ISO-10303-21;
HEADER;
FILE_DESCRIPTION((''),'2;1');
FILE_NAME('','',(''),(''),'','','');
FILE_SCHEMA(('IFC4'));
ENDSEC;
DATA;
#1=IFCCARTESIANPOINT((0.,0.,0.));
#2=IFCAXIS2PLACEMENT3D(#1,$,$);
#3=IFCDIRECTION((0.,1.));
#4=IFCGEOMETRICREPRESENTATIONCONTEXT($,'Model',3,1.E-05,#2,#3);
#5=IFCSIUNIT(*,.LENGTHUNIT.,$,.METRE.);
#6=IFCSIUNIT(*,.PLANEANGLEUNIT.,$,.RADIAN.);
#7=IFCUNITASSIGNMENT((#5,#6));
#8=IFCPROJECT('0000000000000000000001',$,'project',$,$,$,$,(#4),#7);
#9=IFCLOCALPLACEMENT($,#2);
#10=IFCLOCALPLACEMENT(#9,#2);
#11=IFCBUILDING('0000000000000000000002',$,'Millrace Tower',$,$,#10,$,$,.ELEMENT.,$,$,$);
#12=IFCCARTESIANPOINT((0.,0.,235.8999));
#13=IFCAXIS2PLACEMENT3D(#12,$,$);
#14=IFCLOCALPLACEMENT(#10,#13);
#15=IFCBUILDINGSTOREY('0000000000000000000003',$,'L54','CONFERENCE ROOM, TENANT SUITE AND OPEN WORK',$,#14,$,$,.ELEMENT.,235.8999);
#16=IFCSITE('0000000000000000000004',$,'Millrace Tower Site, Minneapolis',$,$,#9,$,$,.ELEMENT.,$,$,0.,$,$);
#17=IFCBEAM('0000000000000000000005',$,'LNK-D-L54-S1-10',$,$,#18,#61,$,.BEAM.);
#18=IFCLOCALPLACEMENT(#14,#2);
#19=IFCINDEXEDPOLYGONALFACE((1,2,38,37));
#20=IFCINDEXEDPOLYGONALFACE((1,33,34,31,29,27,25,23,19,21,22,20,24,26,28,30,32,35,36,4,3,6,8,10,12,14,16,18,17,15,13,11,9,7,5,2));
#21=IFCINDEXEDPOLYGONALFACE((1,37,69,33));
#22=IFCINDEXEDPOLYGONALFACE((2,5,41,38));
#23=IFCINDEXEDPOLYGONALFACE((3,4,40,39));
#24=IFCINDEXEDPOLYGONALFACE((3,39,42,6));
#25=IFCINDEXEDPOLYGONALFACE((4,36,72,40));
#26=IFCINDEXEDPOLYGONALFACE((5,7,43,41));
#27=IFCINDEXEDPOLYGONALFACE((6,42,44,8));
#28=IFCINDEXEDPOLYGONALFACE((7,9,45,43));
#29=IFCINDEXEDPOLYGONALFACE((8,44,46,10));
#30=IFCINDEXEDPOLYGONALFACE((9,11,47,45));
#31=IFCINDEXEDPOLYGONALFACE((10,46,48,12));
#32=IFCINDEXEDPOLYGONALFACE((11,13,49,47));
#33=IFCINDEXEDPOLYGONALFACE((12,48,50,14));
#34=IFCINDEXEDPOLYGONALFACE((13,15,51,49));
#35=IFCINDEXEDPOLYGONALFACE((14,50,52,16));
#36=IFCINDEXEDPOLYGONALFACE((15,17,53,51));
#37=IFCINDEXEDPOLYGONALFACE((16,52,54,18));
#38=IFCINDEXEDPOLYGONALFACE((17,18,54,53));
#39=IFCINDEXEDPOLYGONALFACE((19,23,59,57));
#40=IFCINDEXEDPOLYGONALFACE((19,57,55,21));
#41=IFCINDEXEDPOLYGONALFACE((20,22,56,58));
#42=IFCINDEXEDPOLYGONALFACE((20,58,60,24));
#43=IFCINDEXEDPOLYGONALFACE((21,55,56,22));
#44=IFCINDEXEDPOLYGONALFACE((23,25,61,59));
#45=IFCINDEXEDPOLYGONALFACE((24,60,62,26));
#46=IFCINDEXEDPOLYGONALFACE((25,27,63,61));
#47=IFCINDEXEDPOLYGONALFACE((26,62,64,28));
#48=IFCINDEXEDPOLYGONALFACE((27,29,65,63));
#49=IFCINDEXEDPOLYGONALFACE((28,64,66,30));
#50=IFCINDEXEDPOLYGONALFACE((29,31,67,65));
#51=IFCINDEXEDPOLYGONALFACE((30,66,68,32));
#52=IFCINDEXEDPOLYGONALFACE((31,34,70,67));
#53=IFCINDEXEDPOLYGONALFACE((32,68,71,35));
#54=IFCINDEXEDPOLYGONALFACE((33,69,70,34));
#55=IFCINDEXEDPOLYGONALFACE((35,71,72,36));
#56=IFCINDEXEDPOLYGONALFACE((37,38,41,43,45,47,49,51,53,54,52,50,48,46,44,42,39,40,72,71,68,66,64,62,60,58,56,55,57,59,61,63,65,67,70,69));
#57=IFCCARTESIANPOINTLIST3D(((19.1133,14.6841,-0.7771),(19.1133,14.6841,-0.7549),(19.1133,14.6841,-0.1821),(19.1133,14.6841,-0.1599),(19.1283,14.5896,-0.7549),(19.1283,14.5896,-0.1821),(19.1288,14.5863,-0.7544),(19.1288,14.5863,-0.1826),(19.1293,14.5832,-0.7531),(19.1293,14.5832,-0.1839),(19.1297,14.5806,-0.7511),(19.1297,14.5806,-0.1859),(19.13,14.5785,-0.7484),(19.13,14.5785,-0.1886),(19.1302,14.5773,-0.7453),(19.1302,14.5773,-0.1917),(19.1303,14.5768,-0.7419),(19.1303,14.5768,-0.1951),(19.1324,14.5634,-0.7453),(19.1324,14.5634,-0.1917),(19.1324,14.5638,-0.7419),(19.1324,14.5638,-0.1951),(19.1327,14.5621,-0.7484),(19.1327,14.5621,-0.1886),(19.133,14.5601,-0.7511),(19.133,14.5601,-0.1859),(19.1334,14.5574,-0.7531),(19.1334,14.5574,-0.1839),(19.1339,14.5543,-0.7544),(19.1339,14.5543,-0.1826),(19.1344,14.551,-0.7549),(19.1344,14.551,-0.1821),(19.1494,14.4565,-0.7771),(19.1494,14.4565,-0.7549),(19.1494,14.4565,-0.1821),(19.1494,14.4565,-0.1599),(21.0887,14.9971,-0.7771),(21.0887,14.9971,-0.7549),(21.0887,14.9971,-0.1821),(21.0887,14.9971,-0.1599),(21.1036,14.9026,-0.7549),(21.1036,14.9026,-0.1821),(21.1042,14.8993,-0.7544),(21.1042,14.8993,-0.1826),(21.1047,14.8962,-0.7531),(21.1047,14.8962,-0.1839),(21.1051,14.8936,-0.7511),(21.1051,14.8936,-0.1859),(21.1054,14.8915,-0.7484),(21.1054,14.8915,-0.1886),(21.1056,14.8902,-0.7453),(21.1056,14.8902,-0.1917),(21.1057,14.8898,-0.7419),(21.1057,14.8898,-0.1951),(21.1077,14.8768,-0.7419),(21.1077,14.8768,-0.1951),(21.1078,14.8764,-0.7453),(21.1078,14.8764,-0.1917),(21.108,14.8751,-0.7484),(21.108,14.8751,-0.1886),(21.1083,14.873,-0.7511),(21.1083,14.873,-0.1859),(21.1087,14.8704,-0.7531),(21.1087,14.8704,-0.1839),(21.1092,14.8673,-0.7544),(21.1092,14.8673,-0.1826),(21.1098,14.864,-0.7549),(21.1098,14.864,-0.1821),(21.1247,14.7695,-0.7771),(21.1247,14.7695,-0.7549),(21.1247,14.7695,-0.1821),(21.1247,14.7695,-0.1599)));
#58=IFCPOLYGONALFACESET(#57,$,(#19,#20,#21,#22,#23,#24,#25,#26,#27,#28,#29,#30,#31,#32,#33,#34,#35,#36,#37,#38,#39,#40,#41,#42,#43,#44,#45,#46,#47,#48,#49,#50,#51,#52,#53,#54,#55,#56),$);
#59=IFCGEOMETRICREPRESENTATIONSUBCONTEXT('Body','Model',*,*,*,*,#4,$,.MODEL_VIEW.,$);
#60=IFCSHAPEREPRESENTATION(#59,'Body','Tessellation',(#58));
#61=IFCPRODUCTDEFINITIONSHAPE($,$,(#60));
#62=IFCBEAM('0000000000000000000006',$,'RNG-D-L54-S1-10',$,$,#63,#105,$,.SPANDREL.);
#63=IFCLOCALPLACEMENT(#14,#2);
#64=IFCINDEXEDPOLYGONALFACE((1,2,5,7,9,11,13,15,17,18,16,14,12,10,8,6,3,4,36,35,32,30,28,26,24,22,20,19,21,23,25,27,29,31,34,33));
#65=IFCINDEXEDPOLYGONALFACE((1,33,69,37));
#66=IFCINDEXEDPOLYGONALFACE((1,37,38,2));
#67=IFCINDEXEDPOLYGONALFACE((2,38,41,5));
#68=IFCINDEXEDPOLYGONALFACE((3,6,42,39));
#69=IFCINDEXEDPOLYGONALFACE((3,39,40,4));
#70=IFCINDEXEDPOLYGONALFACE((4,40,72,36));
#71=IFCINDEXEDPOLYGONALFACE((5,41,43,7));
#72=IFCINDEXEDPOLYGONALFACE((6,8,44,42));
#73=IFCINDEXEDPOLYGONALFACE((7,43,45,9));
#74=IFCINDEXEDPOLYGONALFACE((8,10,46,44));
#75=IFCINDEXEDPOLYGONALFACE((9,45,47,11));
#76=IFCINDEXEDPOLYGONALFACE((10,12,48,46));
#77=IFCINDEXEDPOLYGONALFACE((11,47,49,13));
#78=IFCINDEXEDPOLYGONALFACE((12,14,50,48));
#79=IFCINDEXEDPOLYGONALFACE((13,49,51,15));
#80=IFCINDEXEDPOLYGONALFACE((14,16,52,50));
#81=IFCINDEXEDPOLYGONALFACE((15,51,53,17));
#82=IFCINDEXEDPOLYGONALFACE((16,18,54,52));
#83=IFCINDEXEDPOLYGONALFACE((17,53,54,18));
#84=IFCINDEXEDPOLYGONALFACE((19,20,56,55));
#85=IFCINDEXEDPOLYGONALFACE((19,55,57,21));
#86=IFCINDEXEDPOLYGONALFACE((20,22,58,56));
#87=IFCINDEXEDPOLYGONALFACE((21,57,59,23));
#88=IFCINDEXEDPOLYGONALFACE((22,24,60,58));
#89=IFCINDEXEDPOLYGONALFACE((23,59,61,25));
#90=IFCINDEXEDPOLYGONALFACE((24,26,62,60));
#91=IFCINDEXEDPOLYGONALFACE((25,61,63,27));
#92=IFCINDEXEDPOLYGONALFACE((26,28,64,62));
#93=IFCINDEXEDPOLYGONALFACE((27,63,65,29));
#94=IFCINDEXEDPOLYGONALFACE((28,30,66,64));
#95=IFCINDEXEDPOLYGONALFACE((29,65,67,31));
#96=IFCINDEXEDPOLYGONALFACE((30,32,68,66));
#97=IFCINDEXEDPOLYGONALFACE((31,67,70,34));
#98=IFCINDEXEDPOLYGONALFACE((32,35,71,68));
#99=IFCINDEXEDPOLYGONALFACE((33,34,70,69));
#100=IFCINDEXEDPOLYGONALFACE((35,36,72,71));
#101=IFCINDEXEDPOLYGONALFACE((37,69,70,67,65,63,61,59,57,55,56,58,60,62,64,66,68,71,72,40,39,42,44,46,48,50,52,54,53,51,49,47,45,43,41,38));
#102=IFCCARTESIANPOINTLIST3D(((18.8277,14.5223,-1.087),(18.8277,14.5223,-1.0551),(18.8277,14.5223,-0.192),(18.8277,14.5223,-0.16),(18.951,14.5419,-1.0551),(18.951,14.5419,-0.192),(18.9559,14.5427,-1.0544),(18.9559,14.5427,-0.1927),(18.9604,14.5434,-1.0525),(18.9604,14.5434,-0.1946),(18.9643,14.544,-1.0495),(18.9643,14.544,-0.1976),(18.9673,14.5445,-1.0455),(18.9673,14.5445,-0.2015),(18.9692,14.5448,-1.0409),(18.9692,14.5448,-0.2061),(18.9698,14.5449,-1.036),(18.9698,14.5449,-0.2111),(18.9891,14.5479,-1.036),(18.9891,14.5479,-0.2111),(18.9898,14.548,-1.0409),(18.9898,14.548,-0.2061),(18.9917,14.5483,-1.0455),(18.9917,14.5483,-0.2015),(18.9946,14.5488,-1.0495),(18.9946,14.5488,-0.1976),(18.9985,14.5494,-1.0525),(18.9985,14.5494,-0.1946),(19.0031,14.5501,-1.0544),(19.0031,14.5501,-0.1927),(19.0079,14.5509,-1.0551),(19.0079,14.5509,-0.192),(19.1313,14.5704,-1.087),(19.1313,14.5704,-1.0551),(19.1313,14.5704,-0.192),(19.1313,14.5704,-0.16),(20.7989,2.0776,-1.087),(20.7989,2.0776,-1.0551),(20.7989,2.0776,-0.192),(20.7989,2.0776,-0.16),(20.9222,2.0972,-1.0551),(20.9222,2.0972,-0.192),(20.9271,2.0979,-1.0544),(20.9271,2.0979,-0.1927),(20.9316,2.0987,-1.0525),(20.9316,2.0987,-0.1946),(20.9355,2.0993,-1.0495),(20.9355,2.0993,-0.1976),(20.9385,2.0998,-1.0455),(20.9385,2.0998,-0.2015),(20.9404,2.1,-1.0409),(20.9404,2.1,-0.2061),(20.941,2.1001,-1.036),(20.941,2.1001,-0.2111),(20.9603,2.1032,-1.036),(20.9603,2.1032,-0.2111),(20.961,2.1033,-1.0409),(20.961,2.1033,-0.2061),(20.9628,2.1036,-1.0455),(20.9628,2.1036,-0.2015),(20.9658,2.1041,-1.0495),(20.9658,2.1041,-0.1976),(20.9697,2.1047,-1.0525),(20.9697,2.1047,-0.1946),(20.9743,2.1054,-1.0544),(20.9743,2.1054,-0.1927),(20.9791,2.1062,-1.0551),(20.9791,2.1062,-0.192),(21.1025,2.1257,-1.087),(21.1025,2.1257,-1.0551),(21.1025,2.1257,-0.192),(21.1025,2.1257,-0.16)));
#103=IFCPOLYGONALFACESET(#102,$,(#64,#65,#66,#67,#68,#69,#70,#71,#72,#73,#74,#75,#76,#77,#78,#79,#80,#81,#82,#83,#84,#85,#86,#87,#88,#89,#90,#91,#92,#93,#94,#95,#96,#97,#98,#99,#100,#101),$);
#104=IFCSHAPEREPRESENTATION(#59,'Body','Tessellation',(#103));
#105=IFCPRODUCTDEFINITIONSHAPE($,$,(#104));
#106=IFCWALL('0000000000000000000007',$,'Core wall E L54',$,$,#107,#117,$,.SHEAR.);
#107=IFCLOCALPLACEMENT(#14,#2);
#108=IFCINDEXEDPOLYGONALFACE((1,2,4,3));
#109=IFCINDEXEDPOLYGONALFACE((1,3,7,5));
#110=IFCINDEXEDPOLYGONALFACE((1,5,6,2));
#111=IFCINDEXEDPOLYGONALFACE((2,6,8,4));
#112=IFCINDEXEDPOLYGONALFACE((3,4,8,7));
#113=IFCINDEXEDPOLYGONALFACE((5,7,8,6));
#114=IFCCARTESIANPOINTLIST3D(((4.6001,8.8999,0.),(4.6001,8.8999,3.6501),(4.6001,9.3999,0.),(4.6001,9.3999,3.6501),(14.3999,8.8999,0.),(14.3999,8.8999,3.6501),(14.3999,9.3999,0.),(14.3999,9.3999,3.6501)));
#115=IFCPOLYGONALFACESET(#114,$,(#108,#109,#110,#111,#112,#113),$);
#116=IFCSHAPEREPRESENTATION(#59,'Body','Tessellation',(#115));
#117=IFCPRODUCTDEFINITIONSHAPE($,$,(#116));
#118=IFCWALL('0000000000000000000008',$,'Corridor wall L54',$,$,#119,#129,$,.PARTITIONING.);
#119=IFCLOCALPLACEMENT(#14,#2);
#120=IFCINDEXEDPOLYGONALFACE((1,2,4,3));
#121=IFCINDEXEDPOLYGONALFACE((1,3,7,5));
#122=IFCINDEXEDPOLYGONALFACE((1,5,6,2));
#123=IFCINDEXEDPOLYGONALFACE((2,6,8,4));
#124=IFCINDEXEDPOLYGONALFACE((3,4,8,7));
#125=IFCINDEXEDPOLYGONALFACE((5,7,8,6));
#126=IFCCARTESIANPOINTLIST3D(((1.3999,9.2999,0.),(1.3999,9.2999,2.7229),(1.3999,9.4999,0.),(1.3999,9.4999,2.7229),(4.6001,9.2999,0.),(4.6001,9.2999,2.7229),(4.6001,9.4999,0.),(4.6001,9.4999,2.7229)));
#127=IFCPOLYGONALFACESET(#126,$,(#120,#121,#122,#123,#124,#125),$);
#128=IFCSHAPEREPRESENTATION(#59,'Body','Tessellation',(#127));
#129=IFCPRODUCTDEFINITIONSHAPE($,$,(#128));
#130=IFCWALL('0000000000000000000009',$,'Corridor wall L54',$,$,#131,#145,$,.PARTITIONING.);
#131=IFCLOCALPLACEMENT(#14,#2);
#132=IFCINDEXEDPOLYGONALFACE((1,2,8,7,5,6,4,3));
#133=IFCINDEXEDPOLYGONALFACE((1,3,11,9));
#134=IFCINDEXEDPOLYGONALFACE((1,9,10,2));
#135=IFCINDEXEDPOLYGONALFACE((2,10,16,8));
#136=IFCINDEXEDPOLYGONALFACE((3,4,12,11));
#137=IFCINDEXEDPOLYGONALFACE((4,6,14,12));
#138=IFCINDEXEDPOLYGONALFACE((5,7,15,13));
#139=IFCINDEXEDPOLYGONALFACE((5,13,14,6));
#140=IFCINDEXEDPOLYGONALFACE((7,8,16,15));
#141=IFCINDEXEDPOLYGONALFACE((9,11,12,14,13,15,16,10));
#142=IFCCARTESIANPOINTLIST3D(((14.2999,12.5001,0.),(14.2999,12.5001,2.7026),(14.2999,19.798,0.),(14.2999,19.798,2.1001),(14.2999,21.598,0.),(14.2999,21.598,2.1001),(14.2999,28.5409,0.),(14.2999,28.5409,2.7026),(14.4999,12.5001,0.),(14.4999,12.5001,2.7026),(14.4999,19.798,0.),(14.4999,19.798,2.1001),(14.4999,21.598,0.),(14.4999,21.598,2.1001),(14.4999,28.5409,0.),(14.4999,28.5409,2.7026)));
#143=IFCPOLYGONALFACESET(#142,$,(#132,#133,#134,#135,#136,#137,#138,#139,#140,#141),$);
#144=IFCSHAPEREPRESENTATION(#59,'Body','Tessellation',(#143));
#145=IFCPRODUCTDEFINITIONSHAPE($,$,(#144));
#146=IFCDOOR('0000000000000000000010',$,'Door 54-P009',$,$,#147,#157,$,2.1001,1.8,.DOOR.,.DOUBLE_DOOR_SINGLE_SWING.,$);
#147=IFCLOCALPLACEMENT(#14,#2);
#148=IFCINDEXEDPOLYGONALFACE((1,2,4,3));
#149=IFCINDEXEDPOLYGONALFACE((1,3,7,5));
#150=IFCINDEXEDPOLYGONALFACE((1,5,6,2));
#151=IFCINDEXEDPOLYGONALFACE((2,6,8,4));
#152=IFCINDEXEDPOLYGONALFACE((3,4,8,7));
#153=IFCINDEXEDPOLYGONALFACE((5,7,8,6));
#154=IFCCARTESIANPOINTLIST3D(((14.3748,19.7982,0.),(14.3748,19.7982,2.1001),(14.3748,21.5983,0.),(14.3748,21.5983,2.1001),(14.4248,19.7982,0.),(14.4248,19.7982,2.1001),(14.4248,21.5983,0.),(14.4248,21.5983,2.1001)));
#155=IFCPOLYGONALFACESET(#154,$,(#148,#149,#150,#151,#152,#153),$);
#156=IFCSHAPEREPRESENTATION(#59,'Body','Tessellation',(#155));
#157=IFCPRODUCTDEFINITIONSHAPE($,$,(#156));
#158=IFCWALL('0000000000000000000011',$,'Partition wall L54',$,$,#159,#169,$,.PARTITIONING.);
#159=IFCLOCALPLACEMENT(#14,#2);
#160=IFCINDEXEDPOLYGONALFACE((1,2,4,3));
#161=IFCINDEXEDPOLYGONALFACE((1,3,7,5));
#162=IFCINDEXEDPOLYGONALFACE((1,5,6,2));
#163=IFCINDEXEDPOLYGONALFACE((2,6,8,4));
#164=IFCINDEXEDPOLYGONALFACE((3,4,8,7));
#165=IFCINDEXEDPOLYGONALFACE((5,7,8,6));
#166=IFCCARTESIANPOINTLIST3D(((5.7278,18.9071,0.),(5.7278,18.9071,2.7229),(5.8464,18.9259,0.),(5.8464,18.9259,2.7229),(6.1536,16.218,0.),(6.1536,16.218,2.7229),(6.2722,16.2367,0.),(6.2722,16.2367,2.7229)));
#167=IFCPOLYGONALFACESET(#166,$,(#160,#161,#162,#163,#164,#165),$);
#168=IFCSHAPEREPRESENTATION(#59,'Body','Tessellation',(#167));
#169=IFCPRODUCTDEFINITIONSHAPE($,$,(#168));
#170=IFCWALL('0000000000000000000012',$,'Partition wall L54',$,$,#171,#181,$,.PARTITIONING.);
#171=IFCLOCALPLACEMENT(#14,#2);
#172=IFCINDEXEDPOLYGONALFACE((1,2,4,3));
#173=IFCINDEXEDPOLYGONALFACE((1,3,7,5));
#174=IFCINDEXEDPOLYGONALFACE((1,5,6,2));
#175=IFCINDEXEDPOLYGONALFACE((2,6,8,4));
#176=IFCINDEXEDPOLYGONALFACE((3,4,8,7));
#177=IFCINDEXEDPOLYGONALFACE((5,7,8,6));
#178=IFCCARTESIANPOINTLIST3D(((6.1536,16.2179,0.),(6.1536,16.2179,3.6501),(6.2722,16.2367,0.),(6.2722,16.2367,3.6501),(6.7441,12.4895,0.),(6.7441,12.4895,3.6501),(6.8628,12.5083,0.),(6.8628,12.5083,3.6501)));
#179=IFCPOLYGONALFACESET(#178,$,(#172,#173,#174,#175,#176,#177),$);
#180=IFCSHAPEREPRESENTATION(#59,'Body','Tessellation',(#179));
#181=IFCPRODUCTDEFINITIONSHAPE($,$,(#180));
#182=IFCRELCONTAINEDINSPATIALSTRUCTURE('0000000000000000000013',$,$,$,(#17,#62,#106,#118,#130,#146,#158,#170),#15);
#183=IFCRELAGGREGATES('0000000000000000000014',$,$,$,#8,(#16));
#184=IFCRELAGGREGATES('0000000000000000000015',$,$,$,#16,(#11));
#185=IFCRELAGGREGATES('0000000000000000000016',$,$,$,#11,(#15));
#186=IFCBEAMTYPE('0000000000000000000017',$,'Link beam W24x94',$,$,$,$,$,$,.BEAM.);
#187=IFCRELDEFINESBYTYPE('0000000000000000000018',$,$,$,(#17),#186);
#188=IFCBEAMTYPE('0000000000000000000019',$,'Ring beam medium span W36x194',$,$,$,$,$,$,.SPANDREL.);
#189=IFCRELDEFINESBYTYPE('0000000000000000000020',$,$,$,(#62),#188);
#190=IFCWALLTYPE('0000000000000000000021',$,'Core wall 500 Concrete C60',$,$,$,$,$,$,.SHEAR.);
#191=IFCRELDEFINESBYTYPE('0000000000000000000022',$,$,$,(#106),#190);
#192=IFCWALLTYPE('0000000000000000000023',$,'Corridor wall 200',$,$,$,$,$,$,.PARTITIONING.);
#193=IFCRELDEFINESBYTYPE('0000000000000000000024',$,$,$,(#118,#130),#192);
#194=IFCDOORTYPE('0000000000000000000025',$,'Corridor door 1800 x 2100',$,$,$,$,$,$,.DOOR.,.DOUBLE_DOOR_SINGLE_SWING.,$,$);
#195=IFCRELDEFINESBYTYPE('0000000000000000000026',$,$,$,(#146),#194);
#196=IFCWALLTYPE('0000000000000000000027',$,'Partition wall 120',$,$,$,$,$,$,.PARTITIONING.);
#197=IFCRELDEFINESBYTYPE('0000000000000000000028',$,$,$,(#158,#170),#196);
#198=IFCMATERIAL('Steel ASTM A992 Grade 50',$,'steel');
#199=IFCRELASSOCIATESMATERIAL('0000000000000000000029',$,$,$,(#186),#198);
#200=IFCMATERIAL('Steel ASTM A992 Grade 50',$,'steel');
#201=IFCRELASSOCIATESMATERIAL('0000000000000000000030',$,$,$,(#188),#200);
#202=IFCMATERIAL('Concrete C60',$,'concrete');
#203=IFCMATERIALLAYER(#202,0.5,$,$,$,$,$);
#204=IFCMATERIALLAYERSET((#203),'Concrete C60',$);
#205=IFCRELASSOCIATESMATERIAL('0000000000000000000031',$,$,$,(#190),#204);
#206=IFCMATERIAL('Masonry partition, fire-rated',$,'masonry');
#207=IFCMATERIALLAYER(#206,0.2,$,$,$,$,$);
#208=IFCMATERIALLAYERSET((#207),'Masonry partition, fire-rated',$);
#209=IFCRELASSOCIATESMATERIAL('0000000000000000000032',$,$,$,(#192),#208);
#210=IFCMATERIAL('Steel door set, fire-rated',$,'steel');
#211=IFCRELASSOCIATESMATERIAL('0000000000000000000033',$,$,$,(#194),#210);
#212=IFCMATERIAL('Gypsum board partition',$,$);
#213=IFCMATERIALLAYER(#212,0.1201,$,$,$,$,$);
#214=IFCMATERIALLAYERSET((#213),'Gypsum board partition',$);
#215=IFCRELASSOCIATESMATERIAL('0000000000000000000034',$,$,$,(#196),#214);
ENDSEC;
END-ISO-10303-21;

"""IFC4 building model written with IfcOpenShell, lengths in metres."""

from ifc_helpers import new_model, si_unit, direction, frame, frame_2d, origin, origin_2d, place, context, subcontext, project, spatial, rectangle, i_section, extrude, material, layer, layer_set, material_profile, profile_set, type_object, element, fill, save


model = new_model("IFC4")

# Units and contexts
model_context = context("Model", 3, precision=1e-05, world=origin(), true_north=direction((0.0, 1.0)))
body_context = subcontext(model_context, "Body", "Model", "MODEL_VIEW")
ifc_project = project(units=[si_unit("LENGTHUNIT", "METRE"), si_unit("PLANEANGLEUNIT", "RADIAN")], contexts=[model_context])

# Site, building, storey
site_placement = place(None, origin())
site = spatial("IfcSite", under=ifc_project, at=site_placement, Name="Millrace Tower Site, Minneapolis", CompositionType="ELEMENT", RefElevation=0.0)
building_placement = place(site_placement, origin())
building = spatial("IfcBuilding", under=site, at=building_placement, Name="Millrace Tower", CompositionType="ELEMENT")
storey_placement = place(building_placement, frame((0.0, 0.0, 235.8999)))
storey = spatial("IfcBuildingStorey", under=building, at=storey_placement, Name="L54", Description="CONFERENCE ROOM, TENANT SUITE AND OPEN WORK", CompositionType="ELEMENT", Elevation=235.8999)

# Beams
ifc_material_1 = material(Name="Steel ASTM A992 Grade 50", Category="steel")
ifc_material_profile_1 = material_profile(ifc_material_1, i_section(OverallWidth=0.2305, OverallDepth=0.6172, WebThickness=0.0132, FlangeThickness=0.0222, FilletRadius=0.0129, at=origin_2d()))
ifc_profile_set_1 = profile_set([ifc_material_profile_1], Name="Steel ASTM A992 Grade 50")
beam_type_1 = type_object("IfcBeamType", Name="Link beam W24x94", PredefinedType="BEAM", material=ifc_profile_set_1)
beam_1_placement = place(storey_placement, frame((19.1313, 14.5703, -0.4685), z_axis=(0.987679, 0.156495, 0.0), x_axis=(-0.156495, 0.987679, 0.0)))
element("IfcBeam", 1, at=beam_1_placement, inside=storey, type_object=beam_type_1, Name="LNK-D-L54-S1-10", PredefinedType="BEAM", context=body_context, shape_type="SweptSolid", body=[
    extrude(i_section(OverallWidth=0.2305, OverallDepth=0.6172, WebThickness=0.0132, FlangeThickness=0.0222, FilletRadius=0.0129, at=origin_2d()), origin(), (0.0, 0.0, 1.0), 2.0),
])
ifc_material_2 = material(Name="Steel ASTM A992 Grade 50", Category="steel")
ifc_material_profile_2 = material_profile(ifc_material_2, i_section(OverallWidth=0.3074, OverallDepth=0.927, WebThickness=0.0195, FlangeThickness=0.032, FilletRadius=0.019, at=origin_2d()))
ifc_profile_set_2 = profile_set([ifc_material_profile_2], Name="Steel ASTM A992 Grade 50")
beam_type_2 = type_object("IfcBeamType", Name="Ring beam medium span W36x194", PredefinedType="SPANDREL", material=ifc_profile_set_2)
beam_2_placement = place(storey_placement, frame((18.9795, 14.5464, -0.6235), z_axis=(0.156444, -0.987687, 0.0), x_axis=(0.987687, 0.156444, 0.0)))
element("IfcBeam", 2, at=beam_2_placement, inside=storey, type_object=beam_type_2, Name="RNG-D-L54-S1-10", PredefinedType="SPANDREL", context=body_context, shape_type="SweptSolid", body=[
    extrude(i_section(OverallWidth=0.3074, OverallDepth=0.927, WebThickness=0.0195, FlangeThickness=0.032, FilletRadius=0.019, at=origin_2d()), origin(), (0.0, 0.0, 1.0), 12.5999),
])

# Walls
ifc_material_3 = material(Name="Concrete C60", Category="concrete")
ifc_layer_1 = layer(ifc_material_3, 0.5)
ifc_layer_set_1 = layer_set([ifc_layer_1], Name="Concrete C60")
wall_type_1 = type_object("IfcWallType", Name="Core wall 500 Concrete C60", PredefinedType="SHEAR", material=ifc_layer_set_1)
wall_1_placement = place(storey_placement, frame((14.3999, 9.1499, 0.0), z_axis=(0.0, 0.0, 1.0), x_axis=(-1.0, 0.0, 0.0)))
element("IfcWall", 3, at=wall_1_placement, inside=storey, type_object=wall_type_1, Name="Core wall E L54", PredefinedType="SHEAR", context=body_context, shape_type="SweptSolid", body=[
    extrude(rectangle(XDim=9.7998, YDim=0.5, at=frame_2d((4.8999, 0.0))), origin(), (0.0, 0.0, 1.0), 3.6501),
])
ifc_material_4 = material(Name="Masonry partition, fire-rated", Category="masonry")
ifc_layer_2 = layer(ifc_material_4, 0.2)
ifc_layer_set_2 = layer_set([ifc_layer_2], Name="Masonry partition, fire-rated")
wall_type_2 = type_object("IfcWallType", Name="Corridor wall 200", PredefinedType="PARTITIONING", material=ifc_layer_set_2)
wall_2_placement = place(storey_placement, frame((1.3999, 9.3999, 0.0), z_axis=(0.0, 0.0, 1.0), x_axis=(1.0, 0.0, 0.0)))
element("IfcWall", 4, at=wall_2_placement, inside=storey, type_object=wall_type_2, Name="Corridor wall L54", PredefinedType="PARTITIONING", context=body_context, shape_type="SweptSolid", body=[
    extrude(rectangle(XDim=3.2002, YDim=0.2, at=frame_2d((1.6001, 0.0))), origin(), (0.0, 0.0, 1.0), 2.7229),
])

# Wall, opening, door
wall_3_placement = place(storey_placement, frame((14.3999, 12.5, 0.0), z_axis=(0.0, 0.0, 1.0), x_axis=(0.0, 1.0, 0.0)))
wall_3 = element("IfcWall", 5, at=wall_3_placement, inside=storey, type_object=wall_type_2, Name="Corridor wall L54", PredefinedType="PARTITIONING", context=body_context, shape_type="SweptSolid", body=[
    extrude(rectangle(XDim=16.0408, YDim=0.2, at=frame_2d((8.0205, 0.0))), origin(), (0.0, 0.0, 1.0), 2.7026),
])
opening_placement = place(wall_3_placement, frame((7.2981, 0.0, 0.0)))
opening = element("IfcOpeningElement", 6, at=opening_placement, cuts=wall_3, PredefinedType="OPENING", context=body_context, shape_type="SweptSolid", body=[
    extrude(rectangle(XDim=1.8, YDim=2.1001, at=frame_2d((0.8999, 1.05))), frame((0.0, 0.1099, 0.0), z_axis=(0.0, -1.0, 0.0), x_axis=(1.0, 0.0, 0.0)), (0.0, 0.0, 1.0), 0.22),
])
ifc_material_5 = material(Name="Steel door set, fire-rated", Category="steel")
door_type = type_object("IfcDoorType", Name="Corridor door 1800 x 2100", OperationType="DOUBLE_DOOR_SINGLE_SWING", PredefinedType="DOOR", material=ifc_material_5)
door_placement = place(opening_placement, frame((1.8, 0.0, 0.0), z_axis=(0.0, 0.0, 1.0), x_axis=(-1.0, 0.0, 0.0)))
door = element("IfcDoor", 7, at=door_placement, inside=storey, type_object=door_type, Name="Door 54-P009", OperationType="DOUBLE_DOOR_SINGLE_SWING", OverallHeight=2.1001, OverallWidth=1.8, PredefinedType="DOOR", context=body_context, shape_type="SweptSolid", body=[
    extrude(rectangle(XDim=1.8, YDim=2.1001, at=frame_2d((0.8999, 1.05))), frame((0.0, 0.0249, 0.0), z_axis=(0.0, -1.0, 0.0), x_axis=(1.0, 0.0, 0.0)), (0.0, 0.0, 1.0), 0.05),
])
fill(opening, door)

# Walls
ifc_material_6 = material(Name="Gypsum board partition")
ifc_layer_3 = layer(ifc_material_6, 0.1201)
ifc_layer_set_3 = layer_set([ifc_layer_3], Name="Gypsum board partition")
wall_type_3 = type_object("IfcWallType", Name="Partition wall 120", PredefinedType="PARTITIONING", material=ifc_layer_set_3)
wall_4_placement = place(storey_placement, frame((5.7871, 18.9165, 0.0), z_axis=(0.0, 0.0, 1.0), x_axis=(0.156382, -0.987697, 0.0)))
element("IfcWall", 8, at=wall_4_placement, inside=storey, type_object=wall_type_3, Name="Partition wall L54", PredefinedType="PARTITIONING", context=body_context, shape_type="SweptSolid", body=[
    extrude(rectangle(XDim=2.7227, YDim=0.1201, at=frame_2d((1.3613, 0.0))), origin(), (0.0, 0.0, 1.0), 2.7229),
])
wall_5_placement = place(storey_placement, frame((6.2129, 16.2273, 0.0), z_axis=(0.0, 0.0, 1.0), x_axis=(0.156444, -0.987687, 0.0)))
element("IfcWall", 9, at=wall_5_placement, inside=storey, type_object=wall_type_3, Name="Partition wall L54", PredefinedType="PARTITIONING", context=body_context, shape_type="SweptSolid", body=[
    extrude(rectangle(XDim=3.7749, YDim=0.1201, at=frame_2d((1.8875, 0.0))), origin(), (0.0, 0.0, 1.0), 3.6501),
])

save(model, "model.ifc")
